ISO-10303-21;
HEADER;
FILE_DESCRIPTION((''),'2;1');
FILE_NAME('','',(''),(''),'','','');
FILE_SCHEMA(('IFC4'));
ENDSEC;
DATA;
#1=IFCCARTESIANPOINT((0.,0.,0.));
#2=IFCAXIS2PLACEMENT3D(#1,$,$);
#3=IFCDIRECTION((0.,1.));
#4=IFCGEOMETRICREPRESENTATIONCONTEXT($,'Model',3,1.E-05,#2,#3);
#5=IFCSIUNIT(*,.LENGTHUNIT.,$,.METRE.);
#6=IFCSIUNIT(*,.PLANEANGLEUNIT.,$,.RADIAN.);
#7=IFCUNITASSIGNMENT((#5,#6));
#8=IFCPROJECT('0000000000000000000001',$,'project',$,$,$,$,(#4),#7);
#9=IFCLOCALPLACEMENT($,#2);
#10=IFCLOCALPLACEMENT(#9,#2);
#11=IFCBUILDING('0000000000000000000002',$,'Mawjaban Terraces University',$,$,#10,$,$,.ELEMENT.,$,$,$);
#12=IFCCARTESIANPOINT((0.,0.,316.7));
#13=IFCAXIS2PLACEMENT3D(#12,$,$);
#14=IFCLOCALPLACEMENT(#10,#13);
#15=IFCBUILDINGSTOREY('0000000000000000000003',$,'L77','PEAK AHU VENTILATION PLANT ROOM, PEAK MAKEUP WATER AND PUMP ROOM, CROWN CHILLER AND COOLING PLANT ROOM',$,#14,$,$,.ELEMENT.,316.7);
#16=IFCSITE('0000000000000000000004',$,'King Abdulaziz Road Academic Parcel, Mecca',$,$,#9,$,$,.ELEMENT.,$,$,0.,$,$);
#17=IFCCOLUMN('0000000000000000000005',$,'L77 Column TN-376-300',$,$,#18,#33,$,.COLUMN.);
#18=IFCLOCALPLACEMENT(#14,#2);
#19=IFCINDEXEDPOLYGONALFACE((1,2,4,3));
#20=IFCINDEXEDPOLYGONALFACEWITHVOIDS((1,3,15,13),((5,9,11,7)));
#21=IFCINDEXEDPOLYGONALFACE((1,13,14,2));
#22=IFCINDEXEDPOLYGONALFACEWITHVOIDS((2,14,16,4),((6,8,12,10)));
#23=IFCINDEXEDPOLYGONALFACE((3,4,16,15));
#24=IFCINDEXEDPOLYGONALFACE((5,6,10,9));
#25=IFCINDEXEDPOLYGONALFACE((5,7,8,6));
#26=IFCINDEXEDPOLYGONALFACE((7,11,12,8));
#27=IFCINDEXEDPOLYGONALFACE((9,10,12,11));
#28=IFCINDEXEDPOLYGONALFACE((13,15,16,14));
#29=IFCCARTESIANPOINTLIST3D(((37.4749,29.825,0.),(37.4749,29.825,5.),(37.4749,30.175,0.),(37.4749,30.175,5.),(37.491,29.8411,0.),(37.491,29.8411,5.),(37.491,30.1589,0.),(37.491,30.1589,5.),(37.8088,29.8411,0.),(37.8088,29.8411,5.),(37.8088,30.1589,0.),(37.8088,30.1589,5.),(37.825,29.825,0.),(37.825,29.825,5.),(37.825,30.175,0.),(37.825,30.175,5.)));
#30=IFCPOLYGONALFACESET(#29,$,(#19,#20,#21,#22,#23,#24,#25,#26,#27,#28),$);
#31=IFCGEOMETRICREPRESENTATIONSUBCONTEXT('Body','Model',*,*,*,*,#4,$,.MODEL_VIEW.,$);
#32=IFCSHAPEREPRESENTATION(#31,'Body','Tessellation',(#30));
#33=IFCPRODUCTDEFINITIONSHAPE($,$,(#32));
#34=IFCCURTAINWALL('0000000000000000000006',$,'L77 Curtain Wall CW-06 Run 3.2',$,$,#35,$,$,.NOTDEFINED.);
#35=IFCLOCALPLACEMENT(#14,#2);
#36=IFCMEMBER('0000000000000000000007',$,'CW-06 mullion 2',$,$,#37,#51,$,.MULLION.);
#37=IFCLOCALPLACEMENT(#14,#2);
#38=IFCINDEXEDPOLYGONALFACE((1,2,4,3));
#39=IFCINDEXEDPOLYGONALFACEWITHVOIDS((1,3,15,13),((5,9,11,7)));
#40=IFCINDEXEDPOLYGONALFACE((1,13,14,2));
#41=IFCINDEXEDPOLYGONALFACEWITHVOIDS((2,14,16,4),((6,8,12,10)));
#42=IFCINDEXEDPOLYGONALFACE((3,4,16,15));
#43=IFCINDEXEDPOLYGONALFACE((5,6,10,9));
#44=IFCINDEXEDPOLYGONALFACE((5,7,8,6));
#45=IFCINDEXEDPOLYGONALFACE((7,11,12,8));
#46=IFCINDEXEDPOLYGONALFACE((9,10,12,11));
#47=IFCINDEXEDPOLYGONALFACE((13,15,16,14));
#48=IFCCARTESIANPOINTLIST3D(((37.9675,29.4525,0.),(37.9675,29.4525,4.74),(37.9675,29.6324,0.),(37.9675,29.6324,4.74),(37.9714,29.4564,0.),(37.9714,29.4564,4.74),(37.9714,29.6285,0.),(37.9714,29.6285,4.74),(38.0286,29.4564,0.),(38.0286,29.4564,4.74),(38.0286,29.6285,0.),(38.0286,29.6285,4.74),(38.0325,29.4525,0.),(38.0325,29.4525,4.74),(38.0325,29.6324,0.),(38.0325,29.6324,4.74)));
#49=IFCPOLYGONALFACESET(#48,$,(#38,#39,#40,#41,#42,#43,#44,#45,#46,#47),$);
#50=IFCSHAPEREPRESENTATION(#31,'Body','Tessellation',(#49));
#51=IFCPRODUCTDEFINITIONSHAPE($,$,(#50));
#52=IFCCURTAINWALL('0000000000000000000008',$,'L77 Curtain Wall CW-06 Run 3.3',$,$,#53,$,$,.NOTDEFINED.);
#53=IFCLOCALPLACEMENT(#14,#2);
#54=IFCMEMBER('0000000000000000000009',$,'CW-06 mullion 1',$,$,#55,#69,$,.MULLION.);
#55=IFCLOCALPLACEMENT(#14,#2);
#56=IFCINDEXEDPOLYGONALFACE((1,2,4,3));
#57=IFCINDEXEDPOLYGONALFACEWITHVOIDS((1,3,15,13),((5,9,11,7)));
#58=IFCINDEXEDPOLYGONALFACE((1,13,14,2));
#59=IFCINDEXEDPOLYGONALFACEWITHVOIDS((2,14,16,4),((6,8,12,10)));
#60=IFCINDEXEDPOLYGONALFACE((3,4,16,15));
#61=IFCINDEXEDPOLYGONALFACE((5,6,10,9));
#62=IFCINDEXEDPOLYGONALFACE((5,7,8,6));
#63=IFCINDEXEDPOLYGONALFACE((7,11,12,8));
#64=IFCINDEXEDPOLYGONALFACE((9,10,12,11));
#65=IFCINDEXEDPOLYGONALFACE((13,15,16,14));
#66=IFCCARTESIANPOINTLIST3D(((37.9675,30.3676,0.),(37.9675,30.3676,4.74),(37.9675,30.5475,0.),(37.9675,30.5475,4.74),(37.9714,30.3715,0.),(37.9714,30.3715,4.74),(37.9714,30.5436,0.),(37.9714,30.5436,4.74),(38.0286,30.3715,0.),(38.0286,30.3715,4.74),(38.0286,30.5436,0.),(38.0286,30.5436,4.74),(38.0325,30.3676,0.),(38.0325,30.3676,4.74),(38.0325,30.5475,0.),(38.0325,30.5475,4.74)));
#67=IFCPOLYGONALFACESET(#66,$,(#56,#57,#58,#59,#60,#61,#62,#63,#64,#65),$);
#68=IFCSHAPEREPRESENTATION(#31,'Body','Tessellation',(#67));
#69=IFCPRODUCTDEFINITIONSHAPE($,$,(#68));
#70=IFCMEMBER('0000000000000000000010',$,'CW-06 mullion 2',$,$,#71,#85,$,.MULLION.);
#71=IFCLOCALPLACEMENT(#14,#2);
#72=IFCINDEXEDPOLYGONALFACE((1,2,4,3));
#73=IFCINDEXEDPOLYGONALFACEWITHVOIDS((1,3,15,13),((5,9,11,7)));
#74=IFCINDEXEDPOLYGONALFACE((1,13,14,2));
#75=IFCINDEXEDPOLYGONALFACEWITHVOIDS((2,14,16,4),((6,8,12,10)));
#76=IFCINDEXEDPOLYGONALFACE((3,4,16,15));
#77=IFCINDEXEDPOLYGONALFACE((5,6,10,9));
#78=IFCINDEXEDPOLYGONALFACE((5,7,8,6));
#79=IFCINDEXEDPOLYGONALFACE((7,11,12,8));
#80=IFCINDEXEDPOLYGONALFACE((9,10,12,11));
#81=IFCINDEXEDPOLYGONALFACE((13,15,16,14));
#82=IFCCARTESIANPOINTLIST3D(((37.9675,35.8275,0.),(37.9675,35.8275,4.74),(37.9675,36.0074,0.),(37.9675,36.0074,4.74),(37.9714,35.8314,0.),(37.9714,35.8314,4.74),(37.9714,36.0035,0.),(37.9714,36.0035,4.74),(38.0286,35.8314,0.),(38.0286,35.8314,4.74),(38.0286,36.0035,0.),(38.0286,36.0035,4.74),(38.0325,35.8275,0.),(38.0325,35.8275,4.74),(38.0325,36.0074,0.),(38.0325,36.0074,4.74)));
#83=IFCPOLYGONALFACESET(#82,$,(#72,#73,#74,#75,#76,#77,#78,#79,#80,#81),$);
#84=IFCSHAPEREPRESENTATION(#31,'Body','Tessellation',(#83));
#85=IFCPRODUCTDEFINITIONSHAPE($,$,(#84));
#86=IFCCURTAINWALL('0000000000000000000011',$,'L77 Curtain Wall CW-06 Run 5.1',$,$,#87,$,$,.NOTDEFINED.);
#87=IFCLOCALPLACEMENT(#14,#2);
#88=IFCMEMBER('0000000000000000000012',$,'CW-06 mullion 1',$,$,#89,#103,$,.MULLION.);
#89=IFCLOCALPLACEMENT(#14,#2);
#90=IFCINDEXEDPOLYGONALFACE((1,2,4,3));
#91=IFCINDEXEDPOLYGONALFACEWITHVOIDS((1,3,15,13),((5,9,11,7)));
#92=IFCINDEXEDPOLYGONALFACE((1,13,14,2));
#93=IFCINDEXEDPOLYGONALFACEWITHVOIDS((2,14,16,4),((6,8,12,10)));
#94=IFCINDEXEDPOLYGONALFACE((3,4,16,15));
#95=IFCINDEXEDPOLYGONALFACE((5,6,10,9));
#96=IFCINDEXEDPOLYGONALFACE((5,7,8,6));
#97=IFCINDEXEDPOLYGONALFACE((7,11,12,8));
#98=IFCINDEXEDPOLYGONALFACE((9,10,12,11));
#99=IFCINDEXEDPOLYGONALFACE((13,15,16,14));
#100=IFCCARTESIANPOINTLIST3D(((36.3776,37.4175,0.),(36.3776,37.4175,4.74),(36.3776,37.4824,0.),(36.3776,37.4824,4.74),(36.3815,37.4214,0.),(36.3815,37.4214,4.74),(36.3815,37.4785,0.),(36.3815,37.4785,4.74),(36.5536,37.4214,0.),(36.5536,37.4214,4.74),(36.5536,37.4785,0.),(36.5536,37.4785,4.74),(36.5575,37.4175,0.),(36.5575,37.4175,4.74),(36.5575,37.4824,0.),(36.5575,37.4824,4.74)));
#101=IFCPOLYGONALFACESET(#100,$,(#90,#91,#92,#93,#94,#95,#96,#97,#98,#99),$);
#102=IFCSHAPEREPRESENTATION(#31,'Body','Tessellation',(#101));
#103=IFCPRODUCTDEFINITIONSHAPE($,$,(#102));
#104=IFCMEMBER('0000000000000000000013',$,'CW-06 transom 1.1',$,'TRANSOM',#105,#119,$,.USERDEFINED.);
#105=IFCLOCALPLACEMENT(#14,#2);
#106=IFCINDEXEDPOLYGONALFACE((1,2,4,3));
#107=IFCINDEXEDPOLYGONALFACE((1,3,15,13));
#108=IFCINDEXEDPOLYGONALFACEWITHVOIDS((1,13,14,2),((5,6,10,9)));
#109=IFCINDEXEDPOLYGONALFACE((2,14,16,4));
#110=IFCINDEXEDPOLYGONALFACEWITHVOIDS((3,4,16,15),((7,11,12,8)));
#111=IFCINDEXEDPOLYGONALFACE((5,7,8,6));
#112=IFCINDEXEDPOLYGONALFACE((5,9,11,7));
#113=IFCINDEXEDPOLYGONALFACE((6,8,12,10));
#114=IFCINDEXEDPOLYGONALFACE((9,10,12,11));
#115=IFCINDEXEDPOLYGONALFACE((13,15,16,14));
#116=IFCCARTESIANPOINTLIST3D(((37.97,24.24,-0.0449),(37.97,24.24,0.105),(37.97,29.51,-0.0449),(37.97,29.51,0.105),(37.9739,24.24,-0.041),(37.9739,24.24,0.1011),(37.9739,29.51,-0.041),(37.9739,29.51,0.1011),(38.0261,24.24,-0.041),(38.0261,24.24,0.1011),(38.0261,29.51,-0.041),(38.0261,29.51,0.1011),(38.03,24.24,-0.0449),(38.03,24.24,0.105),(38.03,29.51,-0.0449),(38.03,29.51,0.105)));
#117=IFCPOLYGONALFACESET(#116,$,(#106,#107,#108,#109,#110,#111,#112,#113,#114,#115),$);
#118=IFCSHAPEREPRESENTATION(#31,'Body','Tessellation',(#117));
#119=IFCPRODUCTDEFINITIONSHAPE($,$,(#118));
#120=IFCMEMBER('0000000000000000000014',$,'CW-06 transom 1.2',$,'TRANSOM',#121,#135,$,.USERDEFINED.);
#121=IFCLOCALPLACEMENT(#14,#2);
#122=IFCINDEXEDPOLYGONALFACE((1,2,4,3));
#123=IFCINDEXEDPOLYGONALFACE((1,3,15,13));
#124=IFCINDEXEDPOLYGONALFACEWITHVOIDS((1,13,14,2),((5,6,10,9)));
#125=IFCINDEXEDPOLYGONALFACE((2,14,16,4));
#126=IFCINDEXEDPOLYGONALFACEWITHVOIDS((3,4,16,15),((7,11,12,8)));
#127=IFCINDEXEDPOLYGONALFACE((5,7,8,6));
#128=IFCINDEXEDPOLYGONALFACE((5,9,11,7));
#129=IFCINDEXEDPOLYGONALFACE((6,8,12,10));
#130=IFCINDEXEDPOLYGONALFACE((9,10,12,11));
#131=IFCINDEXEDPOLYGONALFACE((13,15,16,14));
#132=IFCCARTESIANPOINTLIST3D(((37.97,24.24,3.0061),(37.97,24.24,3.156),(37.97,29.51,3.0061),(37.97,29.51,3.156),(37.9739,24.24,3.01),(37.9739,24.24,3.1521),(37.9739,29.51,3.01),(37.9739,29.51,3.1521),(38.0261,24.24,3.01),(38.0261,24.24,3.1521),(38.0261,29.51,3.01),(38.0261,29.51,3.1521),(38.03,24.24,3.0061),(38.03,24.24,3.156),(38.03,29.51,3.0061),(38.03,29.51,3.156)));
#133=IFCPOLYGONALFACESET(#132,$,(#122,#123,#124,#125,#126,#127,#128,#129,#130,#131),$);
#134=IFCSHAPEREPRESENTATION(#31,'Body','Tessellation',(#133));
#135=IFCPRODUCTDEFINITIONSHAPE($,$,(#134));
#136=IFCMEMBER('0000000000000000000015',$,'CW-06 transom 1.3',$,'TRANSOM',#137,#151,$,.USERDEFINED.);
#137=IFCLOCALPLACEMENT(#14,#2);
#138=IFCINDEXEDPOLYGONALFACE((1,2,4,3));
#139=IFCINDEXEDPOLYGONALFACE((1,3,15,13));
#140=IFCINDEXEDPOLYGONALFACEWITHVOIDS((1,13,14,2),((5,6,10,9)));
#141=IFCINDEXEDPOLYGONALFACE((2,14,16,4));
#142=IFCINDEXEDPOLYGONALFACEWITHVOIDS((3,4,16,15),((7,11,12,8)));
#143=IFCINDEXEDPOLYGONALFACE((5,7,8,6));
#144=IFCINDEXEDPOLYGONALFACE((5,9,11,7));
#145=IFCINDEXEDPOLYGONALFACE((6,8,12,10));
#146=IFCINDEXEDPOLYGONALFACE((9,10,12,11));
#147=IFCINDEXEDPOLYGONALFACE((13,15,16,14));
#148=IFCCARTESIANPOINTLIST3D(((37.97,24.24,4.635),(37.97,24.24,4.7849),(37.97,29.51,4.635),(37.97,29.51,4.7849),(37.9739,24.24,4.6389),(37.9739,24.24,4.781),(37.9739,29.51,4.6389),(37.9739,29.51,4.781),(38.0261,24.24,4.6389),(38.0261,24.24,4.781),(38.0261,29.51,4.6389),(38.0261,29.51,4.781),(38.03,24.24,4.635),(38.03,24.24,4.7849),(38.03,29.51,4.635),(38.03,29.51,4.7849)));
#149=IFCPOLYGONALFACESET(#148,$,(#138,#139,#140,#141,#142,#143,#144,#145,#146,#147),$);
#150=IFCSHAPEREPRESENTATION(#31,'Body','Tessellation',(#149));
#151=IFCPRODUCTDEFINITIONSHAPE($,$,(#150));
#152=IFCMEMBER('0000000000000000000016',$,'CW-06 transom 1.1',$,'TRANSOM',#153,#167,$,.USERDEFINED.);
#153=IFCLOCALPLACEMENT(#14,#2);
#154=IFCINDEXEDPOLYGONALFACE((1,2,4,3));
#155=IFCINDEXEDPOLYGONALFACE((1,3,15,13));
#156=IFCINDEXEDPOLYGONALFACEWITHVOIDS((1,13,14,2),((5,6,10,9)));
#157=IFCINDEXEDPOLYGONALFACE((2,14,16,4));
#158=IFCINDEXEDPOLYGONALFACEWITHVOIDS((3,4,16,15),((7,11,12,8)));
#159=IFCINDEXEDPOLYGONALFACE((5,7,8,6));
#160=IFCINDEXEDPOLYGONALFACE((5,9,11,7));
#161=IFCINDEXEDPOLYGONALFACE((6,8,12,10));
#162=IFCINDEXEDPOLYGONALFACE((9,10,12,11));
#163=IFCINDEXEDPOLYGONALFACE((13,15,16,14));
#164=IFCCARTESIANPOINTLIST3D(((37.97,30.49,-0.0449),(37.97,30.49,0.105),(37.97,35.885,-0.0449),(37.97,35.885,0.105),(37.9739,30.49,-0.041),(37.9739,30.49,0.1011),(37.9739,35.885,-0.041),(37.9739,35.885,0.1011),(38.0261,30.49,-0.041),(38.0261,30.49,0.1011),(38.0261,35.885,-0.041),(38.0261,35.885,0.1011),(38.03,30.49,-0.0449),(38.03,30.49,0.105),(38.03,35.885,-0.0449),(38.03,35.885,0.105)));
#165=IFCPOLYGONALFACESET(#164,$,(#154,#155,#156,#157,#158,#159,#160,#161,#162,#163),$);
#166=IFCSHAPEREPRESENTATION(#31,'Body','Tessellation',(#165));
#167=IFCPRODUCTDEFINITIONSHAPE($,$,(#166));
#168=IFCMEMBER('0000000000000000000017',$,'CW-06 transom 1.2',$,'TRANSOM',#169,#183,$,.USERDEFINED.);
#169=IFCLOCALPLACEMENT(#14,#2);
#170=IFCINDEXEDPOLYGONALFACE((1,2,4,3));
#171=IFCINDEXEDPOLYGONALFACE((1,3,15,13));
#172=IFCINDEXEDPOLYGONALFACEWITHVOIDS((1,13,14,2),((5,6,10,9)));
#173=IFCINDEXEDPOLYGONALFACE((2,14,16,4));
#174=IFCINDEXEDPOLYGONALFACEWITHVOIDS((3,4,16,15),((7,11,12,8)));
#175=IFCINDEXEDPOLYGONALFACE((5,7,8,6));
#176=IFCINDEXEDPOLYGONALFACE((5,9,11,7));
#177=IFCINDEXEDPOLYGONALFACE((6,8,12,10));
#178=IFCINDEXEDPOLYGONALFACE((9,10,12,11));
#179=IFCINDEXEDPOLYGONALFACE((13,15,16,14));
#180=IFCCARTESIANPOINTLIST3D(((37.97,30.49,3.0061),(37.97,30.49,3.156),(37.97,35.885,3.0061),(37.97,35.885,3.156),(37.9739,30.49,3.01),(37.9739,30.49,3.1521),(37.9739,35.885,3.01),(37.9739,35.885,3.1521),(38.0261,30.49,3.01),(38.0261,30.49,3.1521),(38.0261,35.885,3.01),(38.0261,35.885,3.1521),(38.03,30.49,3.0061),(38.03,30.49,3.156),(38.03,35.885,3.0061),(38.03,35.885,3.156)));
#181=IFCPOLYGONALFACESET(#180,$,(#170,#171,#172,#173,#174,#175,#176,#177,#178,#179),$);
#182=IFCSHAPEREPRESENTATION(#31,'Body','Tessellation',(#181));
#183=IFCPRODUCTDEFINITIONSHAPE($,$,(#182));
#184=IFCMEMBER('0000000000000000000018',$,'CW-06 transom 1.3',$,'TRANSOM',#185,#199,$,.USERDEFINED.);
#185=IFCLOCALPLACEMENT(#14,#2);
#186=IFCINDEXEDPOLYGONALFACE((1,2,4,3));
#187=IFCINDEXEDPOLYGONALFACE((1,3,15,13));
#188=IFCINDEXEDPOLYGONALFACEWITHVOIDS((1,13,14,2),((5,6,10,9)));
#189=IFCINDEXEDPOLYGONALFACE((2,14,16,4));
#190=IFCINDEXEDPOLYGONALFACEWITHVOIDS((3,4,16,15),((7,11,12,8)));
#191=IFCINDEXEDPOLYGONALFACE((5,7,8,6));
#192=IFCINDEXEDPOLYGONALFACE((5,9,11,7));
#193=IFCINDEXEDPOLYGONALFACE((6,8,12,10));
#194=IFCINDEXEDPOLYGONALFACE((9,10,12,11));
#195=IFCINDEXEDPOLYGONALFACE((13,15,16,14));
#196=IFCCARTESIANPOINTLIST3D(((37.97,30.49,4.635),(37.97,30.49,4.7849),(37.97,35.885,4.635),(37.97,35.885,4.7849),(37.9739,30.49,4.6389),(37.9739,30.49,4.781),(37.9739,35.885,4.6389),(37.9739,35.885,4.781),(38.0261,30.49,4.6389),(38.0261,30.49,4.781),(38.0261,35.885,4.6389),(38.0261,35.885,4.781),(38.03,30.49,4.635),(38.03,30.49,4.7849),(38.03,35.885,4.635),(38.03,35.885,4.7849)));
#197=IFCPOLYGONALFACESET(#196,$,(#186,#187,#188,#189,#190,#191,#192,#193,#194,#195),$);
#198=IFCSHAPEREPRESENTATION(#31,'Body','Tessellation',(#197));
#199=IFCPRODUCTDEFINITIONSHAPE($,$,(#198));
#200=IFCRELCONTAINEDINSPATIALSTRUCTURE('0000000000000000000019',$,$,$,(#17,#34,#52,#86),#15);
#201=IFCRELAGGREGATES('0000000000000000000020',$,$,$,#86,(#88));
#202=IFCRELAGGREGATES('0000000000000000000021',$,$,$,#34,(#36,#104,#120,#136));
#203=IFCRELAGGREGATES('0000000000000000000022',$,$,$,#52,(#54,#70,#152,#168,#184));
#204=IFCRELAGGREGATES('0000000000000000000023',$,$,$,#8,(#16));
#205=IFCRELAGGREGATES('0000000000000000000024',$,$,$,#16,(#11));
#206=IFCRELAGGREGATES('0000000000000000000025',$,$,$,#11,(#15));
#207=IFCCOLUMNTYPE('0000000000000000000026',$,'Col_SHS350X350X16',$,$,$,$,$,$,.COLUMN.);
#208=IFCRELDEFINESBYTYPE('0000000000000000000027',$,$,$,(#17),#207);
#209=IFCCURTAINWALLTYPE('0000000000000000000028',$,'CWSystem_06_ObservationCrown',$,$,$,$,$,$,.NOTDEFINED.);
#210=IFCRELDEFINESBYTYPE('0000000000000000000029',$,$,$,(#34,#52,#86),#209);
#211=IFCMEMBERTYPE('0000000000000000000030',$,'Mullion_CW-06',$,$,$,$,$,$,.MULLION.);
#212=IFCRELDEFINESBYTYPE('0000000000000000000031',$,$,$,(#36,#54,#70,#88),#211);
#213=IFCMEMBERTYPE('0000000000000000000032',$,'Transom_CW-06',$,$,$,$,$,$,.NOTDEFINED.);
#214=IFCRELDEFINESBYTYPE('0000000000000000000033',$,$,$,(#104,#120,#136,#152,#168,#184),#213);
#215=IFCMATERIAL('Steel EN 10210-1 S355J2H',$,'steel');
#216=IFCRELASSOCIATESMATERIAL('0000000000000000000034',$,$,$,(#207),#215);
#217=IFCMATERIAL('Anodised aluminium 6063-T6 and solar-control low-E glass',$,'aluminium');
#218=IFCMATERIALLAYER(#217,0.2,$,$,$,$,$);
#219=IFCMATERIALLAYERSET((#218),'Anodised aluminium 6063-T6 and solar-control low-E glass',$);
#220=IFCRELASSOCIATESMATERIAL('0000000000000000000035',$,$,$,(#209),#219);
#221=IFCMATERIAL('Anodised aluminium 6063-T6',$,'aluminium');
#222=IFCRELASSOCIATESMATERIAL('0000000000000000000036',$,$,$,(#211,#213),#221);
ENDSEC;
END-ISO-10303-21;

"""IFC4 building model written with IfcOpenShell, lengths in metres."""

from ifc_helpers import new_model, si_unit, direction, frame, origin, origin_2d, place, context, subcontext, project, spatial, hollow_rectangle, extrude, material, layer, layer_set, material_profile, profile_set, type_object, element, aggregate, save


model = new_model("IFC4")

# Units and contexts
model_context = context("Model", 3, precision=1e-05, world=origin(), true_north=direction((0.0, 1.0)))
body_context = subcontext(model_context, "Body", "Model", "MODEL_VIEW")
ifc_project = project(units=[si_unit("LENGTHUNIT", "METRE"), si_unit("PLANEANGLEUNIT", "RADIAN")], contexts=[model_context])

# Site, building, storey
site_placement = place(None, origin())
site = spatial("IfcSite", under=ifc_project, at=site_placement, Name="King Abdulaziz Road Academic Parcel, Mecca", CompositionType="ELEMENT", RefElevation=0.0)
building_placement = place(site_placement, origin())
building = spatial("IfcBuilding", under=site, at=building_placement, Name="Mawjaban Terraces University", CompositionType="ELEMENT")
storey_placement = place(building_placement, frame((0.0, 0.0, 316.7)))
storey = spatial("IfcBuildingStorey", under=building, at=storey_placement, Name="L77", Description="PEAK AHU VENTILATION PLANT ROOM, PEAK MAKEUP WATER AND PUMP ROOM, CROWN CHILLER AND COOLING PLANT ROOM", CompositionType="ELEMENT", Elevation=316.7)

# Column
ifc_material_1 = material(Name="Steel EN 10210-1 S355J2H", Category="steel")
ifc_material_profile_1 = material_profile(ifc_material_1, hollow_rectangle(XDim=0.3501, YDim=0.3501, WallThickness=0.0161, at=origin_2d()), Name="SHS350X350X16")
ifc_profile_set_1 = profile_set([ifc_material_profile_1], Name="Steel EN 10210-1 S355J2H")
column_type = type_object("IfcColumnType", Name="Col_SHS350X350X16", PredefinedType="COLUMN", material=ifc_profile_set_1)
column_placement = place(storey_placement, frame((37.6499, 30.0, 0.0), z_axis=(0.0, 0.0, 1.0), x_axis=(1.0, 0.0, 0.0)))
element("IfcColumn", 1, at=column_placement, inside=storey, type_object=column_type, Name="L77 Column TN-376-300", PredefinedType="COLUMN", context=body_context, shape_type="SweptSolid", body=[
    extrude(hollow_rectangle(XDim=0.3501, YDim=0.3501, WallThickness=0.0161, at=origin_2d()), origin(), (0.0, 0.0, 1.0), 5.0),
])

# Curtain wall, member
ifc_material_2 = material(Name="Anodised aluminium 6063-T6 and solar-control low-E glass", Category="aluminium")
ifc_layer_1 = layer(ifc_material_2, 0.2)
ifc_layer_set_1 = layer_set([ifc_layer_1], Name="Anodised aluminium 6063-T6 and solar-control low-E glass")
curtain_wall_type = type_object("IfcCurtainWallType", Name="CWSystem_06_ObservationCrown", PredefinedType="NOTDEFINED", material=ifc_layer_set_1)
curtain_wall_1_placement = place(storey_placement, origin())
curtain_wall_1 = element("IfcCurtainWall", 2, at=curtain_wall_1_placement, inside=storey, type_object=curtain_wall_type, Name="L77 Curtain Wall CW-06 Run 3.2", PredefinedType="NOTDEFINED")
ifc_material_3 = material(Name="Anodised aluminium 6063-T6", Category="aluminium")
ifc_material_profile_2 = material_profile(ifc_material_3, hollow_rectangle(XDim=0.0649, YDim=0.1799, WallThickness=0.0039, at=origin_2d()), Name="ALU180X65X4")
ifc_profile_set_2 = profile_set([ifc_material_profile_2], Name="Anodised aluminium 6063-T6")
member_type_1 = type_object("IfcMemberType", Name="Mullion_CW-06", PredefinedType="MULLION", material=ifc_profile_set_2)
member_1_placement = place(storey_placement, frame((38.0, 29.5425, 0.0), z_axis=(0.0, 0.0, 1.0), x_axis=(-1.0, 0.0, 0.0)))
member_1 = element("IfcMember", 3, at=member_1_placement, type_object=member_type_1, Name="CW-06 mullion 2", PredefinedType="MULLION", context=body_context, shape_type="SweptSolid", body=[
    extrude(hollow_rectangle(XDim=0.0649, YDim=0.1799, WallThickness=0.0039, at=origin_2d()), origin(), (0.0, 0.0, 1.0), 4.74),
])

# Curtain wall, members
curtain_wall_2_placement = place(storey_placement, origin())
curtain_wall_2 = element("IfcCurtainWall", 4, at=curtain_wall_2_placement, inside=storey, type_object=curtain_wall_type, Name="L77 Curtain Wall CW-06 Run 3.3", PredefinedType="NOTDEFINED")
member_2_placement = place(storey_placement, frame((38.0, 30.4575, 0.0), z_axis=(0.0, 0.0, 1.0), x_axis=(-1.0, 0.0, 0.0)))
member_2 = element("IfcMember", 5, at=member_2_placement, type_object=member_type_1, Name="CW-06 mullion 1", PredefinedType="MULLION", context=body_context, shape_type="SweptSolid", body=[
    extrude(hollow_rectangle(XDim=0.0649, YDim=0.1799, WallThickness=0.0039, at=origin_2d()), origin(), (0.0, 0.0, 1.0), 4.74),
])
member_3_placement = place(storey_placement, frame((38.0, 35.9175, 0.0), z_axis=(0.0, 0.0, 1.0), x_axis=(-1.0, 0.0, 0.0)))
member_3 = element("IfcMember", 6, at=member_3_placement, type_object=member_type_1, Name="CW-06 mullion 2", PredefinedType="MULLION", context=body_context, shape_type="SweptSolid", body=[
    extrude(hollow_rectangle(XDim=0.0649, YDim=0.1799, WallThickness=0.0039, at=origin_2d()), origin(), (0.0, 0.0, 1.0), 4.74),
])

# Curtain wall, member
curtain_wall_3_placement = place(storey_placement, origin())
curtain_wall_3 = element("IfcCurtainWall", 7, at=curtain_wall_3_placement, inside=storey, type_object=curtain_wall_type, Name="L77 Curtain Wall CW-06 Run 5.1", PredefinedType="NOTDEFINED")
member_4_placement = place(storey_placement, frame((36.4675, 37.45, 0.0), z_axis=(0.0, 0.0, 1.0), x_axis=(0.0, -1.0, 0.0)))
member_4 = element("IfcMember", 8, at=member_4_placement, type_object=member_type_1, Name="CW-06 mullion 1", PredefinedType="MULLION", context=body_context, shape_type="SweptSolid", body=[
    extrude(hollow_rectangle(XDim=0.0649, YDim=0.1799, WallThickness=0.0039, at=origin_2d()), origin(), (0.0, 0.0, 1.0), 4.74),
])

# Members
ifc_material_profile_3 = material_profile(ifc_material_3, hollow_rectangle(XDim=0.0601, YDim=0.1499, WallThickness=0.0039, at=origin_2d()), Name="ALU150X60X4")
ifc_profile_set_3 = profile_set([ifc_material_profile_3], Name="Anodised aluminium 6063-T6")
member_type_2 = type_object("IfcMemberType", Name="Transom_CW-06", PredefinedType="NOTDEFINED", material=ifc_profile_set_3)
member_5_placement = place(storey_placement, frame((38.0, 24.24, 0.03), z_axis=(0.0, 1.0, 0.0), x_axis=(-1.0, 0.0, 0.0)))
member_5 = element("IfcMember", 9, at=member_5_placement, type_object=member_type_2, Name="CW-06 transom 1.1", ObjectType="TRANSOM", PredefinedType="USERDEFINED", context=body_context, shape_type="SweptSolid", body=[
    extrude(hollow_rectangle(XDim=0.0601, YDim=0.1499, WallThickness=0.0039, at=origin_2d()), origin(), (0.0, 0.0, 1.0), 5.27),
])
member_6_placement = place(storey_placement, frame((38.0, 24.24, 3.0811), z_axis=(0.0, 1.0, 0.0), x_axis=(-1.0, 0.0, 0.0)))
member_6 = element("IfcMember", 10, at=member_6_placement, type_object=member_type_2, Name="CW-06 transom 1.2", ObjectType="TRANSOM", PredefinedType="USERDEFINED", context=body_context, shape_type="SweptSolid", body=[
    extrude(hollow_rectangle(XDim=0.0601, YDim=0.1499, WallThickness=0.0039, at=origin_2d()), origin(), (0.0, 0.0, 1.0), 5.27),
])
member_7_placement = place(storey_placement, frame((38.0, 24.24, 4.71), z_axis=(0.0, 1.0, 0.0), x_axis=(-1.0, 0.0, 0.0)))
member_7 = element("IfcMember", 11, at=member_7_placement, type_object=member_type_2, Name="CW-06 transom 1.3", ObjectType="TRANSOM", PredefinedType="USERDEFINED", context=body_context, shape_type="SweptSolid", body=[
    extrude(hollow_rectangle(XDim=0.0601, YDim=0.1499, WallThickness=0.0039, at=origin_2d()), origin(), (0.0, 0.0, 1.0), 5.27),
])
member_8_placement = place(storey_placement, frame((38.0, 30.49, 0.03), z_axis=(0.0, 1.0, 0.0), x_axis=(-1.0, 0.0, 0.0)))
member_8 = element("IfcMember", 12, at=member_8_placement, type_object=member_type_2, Name="CW-06 transom 1.1", ObjectType="TRANSOM", PredefinedType="USERDEFINED", context=body_context, shape_type="SweptSolid", body=[
    extrude(hollow_rectangle(XDim=0.0601, YDim=0.1499, WallThickness=0.0039, at=origin_2d()), origin(), (0.0, 0.0, 1.0), 5.395),
])
member_9_placement = place(storey_placement, frame((38.0, 30.49, 3.0811), z_axis=(0.0, 1.0, 0.0), x_axis=(-1.0, 0.0, 0.0)))
member_9 = element("IfcMember", 13, at=member_9_placement, type_object=member_type_2, Name="CW-06 transom 1.2", ObjectType="TRANSOM", PredefinedType="USERDEFINED", context=body_context, shape_type="SweptSolid", body=[
    extrude(hollow_rectangle(XDim=0.0601, YDim=0.1499, WallThickness=0.0039, at=origin_2d()), origin(), (0.0, 0.0, 1.0), 5.395),
])
member_10_placement = place(storey_placement, frame((38.0, 30.49, 4.71), z_axis=(0.0, 1.0, 0.0), x_axis=(-1.0, 0.0, 0.0)))
member_10 = element("IfcMember", 14, at=member_10_placement, type_object=member_type_2, Name="CW-06 transom 1.3", ObjectType="TRANSOM", PredefinedType="USERDEFINED", context=body_context, shape_type="SweptSolid", body=[
    extrude(hollow_rectangle(XDim=0.0601, YDim=0.1499, WallThickness=0.0039, at=origin_2d()), origin(), (0.0, 0.0, 1.0), 5.395),
])
aggregate(curtain_wall_3, [member_4])

aggregate(curtain_wall_1, [member_1, member_5, member_6, member_7])
aggregate(curtain_wall_2, [member_2, member_3, member_8, member_9, member_10])

save(model, "model.ifc")
